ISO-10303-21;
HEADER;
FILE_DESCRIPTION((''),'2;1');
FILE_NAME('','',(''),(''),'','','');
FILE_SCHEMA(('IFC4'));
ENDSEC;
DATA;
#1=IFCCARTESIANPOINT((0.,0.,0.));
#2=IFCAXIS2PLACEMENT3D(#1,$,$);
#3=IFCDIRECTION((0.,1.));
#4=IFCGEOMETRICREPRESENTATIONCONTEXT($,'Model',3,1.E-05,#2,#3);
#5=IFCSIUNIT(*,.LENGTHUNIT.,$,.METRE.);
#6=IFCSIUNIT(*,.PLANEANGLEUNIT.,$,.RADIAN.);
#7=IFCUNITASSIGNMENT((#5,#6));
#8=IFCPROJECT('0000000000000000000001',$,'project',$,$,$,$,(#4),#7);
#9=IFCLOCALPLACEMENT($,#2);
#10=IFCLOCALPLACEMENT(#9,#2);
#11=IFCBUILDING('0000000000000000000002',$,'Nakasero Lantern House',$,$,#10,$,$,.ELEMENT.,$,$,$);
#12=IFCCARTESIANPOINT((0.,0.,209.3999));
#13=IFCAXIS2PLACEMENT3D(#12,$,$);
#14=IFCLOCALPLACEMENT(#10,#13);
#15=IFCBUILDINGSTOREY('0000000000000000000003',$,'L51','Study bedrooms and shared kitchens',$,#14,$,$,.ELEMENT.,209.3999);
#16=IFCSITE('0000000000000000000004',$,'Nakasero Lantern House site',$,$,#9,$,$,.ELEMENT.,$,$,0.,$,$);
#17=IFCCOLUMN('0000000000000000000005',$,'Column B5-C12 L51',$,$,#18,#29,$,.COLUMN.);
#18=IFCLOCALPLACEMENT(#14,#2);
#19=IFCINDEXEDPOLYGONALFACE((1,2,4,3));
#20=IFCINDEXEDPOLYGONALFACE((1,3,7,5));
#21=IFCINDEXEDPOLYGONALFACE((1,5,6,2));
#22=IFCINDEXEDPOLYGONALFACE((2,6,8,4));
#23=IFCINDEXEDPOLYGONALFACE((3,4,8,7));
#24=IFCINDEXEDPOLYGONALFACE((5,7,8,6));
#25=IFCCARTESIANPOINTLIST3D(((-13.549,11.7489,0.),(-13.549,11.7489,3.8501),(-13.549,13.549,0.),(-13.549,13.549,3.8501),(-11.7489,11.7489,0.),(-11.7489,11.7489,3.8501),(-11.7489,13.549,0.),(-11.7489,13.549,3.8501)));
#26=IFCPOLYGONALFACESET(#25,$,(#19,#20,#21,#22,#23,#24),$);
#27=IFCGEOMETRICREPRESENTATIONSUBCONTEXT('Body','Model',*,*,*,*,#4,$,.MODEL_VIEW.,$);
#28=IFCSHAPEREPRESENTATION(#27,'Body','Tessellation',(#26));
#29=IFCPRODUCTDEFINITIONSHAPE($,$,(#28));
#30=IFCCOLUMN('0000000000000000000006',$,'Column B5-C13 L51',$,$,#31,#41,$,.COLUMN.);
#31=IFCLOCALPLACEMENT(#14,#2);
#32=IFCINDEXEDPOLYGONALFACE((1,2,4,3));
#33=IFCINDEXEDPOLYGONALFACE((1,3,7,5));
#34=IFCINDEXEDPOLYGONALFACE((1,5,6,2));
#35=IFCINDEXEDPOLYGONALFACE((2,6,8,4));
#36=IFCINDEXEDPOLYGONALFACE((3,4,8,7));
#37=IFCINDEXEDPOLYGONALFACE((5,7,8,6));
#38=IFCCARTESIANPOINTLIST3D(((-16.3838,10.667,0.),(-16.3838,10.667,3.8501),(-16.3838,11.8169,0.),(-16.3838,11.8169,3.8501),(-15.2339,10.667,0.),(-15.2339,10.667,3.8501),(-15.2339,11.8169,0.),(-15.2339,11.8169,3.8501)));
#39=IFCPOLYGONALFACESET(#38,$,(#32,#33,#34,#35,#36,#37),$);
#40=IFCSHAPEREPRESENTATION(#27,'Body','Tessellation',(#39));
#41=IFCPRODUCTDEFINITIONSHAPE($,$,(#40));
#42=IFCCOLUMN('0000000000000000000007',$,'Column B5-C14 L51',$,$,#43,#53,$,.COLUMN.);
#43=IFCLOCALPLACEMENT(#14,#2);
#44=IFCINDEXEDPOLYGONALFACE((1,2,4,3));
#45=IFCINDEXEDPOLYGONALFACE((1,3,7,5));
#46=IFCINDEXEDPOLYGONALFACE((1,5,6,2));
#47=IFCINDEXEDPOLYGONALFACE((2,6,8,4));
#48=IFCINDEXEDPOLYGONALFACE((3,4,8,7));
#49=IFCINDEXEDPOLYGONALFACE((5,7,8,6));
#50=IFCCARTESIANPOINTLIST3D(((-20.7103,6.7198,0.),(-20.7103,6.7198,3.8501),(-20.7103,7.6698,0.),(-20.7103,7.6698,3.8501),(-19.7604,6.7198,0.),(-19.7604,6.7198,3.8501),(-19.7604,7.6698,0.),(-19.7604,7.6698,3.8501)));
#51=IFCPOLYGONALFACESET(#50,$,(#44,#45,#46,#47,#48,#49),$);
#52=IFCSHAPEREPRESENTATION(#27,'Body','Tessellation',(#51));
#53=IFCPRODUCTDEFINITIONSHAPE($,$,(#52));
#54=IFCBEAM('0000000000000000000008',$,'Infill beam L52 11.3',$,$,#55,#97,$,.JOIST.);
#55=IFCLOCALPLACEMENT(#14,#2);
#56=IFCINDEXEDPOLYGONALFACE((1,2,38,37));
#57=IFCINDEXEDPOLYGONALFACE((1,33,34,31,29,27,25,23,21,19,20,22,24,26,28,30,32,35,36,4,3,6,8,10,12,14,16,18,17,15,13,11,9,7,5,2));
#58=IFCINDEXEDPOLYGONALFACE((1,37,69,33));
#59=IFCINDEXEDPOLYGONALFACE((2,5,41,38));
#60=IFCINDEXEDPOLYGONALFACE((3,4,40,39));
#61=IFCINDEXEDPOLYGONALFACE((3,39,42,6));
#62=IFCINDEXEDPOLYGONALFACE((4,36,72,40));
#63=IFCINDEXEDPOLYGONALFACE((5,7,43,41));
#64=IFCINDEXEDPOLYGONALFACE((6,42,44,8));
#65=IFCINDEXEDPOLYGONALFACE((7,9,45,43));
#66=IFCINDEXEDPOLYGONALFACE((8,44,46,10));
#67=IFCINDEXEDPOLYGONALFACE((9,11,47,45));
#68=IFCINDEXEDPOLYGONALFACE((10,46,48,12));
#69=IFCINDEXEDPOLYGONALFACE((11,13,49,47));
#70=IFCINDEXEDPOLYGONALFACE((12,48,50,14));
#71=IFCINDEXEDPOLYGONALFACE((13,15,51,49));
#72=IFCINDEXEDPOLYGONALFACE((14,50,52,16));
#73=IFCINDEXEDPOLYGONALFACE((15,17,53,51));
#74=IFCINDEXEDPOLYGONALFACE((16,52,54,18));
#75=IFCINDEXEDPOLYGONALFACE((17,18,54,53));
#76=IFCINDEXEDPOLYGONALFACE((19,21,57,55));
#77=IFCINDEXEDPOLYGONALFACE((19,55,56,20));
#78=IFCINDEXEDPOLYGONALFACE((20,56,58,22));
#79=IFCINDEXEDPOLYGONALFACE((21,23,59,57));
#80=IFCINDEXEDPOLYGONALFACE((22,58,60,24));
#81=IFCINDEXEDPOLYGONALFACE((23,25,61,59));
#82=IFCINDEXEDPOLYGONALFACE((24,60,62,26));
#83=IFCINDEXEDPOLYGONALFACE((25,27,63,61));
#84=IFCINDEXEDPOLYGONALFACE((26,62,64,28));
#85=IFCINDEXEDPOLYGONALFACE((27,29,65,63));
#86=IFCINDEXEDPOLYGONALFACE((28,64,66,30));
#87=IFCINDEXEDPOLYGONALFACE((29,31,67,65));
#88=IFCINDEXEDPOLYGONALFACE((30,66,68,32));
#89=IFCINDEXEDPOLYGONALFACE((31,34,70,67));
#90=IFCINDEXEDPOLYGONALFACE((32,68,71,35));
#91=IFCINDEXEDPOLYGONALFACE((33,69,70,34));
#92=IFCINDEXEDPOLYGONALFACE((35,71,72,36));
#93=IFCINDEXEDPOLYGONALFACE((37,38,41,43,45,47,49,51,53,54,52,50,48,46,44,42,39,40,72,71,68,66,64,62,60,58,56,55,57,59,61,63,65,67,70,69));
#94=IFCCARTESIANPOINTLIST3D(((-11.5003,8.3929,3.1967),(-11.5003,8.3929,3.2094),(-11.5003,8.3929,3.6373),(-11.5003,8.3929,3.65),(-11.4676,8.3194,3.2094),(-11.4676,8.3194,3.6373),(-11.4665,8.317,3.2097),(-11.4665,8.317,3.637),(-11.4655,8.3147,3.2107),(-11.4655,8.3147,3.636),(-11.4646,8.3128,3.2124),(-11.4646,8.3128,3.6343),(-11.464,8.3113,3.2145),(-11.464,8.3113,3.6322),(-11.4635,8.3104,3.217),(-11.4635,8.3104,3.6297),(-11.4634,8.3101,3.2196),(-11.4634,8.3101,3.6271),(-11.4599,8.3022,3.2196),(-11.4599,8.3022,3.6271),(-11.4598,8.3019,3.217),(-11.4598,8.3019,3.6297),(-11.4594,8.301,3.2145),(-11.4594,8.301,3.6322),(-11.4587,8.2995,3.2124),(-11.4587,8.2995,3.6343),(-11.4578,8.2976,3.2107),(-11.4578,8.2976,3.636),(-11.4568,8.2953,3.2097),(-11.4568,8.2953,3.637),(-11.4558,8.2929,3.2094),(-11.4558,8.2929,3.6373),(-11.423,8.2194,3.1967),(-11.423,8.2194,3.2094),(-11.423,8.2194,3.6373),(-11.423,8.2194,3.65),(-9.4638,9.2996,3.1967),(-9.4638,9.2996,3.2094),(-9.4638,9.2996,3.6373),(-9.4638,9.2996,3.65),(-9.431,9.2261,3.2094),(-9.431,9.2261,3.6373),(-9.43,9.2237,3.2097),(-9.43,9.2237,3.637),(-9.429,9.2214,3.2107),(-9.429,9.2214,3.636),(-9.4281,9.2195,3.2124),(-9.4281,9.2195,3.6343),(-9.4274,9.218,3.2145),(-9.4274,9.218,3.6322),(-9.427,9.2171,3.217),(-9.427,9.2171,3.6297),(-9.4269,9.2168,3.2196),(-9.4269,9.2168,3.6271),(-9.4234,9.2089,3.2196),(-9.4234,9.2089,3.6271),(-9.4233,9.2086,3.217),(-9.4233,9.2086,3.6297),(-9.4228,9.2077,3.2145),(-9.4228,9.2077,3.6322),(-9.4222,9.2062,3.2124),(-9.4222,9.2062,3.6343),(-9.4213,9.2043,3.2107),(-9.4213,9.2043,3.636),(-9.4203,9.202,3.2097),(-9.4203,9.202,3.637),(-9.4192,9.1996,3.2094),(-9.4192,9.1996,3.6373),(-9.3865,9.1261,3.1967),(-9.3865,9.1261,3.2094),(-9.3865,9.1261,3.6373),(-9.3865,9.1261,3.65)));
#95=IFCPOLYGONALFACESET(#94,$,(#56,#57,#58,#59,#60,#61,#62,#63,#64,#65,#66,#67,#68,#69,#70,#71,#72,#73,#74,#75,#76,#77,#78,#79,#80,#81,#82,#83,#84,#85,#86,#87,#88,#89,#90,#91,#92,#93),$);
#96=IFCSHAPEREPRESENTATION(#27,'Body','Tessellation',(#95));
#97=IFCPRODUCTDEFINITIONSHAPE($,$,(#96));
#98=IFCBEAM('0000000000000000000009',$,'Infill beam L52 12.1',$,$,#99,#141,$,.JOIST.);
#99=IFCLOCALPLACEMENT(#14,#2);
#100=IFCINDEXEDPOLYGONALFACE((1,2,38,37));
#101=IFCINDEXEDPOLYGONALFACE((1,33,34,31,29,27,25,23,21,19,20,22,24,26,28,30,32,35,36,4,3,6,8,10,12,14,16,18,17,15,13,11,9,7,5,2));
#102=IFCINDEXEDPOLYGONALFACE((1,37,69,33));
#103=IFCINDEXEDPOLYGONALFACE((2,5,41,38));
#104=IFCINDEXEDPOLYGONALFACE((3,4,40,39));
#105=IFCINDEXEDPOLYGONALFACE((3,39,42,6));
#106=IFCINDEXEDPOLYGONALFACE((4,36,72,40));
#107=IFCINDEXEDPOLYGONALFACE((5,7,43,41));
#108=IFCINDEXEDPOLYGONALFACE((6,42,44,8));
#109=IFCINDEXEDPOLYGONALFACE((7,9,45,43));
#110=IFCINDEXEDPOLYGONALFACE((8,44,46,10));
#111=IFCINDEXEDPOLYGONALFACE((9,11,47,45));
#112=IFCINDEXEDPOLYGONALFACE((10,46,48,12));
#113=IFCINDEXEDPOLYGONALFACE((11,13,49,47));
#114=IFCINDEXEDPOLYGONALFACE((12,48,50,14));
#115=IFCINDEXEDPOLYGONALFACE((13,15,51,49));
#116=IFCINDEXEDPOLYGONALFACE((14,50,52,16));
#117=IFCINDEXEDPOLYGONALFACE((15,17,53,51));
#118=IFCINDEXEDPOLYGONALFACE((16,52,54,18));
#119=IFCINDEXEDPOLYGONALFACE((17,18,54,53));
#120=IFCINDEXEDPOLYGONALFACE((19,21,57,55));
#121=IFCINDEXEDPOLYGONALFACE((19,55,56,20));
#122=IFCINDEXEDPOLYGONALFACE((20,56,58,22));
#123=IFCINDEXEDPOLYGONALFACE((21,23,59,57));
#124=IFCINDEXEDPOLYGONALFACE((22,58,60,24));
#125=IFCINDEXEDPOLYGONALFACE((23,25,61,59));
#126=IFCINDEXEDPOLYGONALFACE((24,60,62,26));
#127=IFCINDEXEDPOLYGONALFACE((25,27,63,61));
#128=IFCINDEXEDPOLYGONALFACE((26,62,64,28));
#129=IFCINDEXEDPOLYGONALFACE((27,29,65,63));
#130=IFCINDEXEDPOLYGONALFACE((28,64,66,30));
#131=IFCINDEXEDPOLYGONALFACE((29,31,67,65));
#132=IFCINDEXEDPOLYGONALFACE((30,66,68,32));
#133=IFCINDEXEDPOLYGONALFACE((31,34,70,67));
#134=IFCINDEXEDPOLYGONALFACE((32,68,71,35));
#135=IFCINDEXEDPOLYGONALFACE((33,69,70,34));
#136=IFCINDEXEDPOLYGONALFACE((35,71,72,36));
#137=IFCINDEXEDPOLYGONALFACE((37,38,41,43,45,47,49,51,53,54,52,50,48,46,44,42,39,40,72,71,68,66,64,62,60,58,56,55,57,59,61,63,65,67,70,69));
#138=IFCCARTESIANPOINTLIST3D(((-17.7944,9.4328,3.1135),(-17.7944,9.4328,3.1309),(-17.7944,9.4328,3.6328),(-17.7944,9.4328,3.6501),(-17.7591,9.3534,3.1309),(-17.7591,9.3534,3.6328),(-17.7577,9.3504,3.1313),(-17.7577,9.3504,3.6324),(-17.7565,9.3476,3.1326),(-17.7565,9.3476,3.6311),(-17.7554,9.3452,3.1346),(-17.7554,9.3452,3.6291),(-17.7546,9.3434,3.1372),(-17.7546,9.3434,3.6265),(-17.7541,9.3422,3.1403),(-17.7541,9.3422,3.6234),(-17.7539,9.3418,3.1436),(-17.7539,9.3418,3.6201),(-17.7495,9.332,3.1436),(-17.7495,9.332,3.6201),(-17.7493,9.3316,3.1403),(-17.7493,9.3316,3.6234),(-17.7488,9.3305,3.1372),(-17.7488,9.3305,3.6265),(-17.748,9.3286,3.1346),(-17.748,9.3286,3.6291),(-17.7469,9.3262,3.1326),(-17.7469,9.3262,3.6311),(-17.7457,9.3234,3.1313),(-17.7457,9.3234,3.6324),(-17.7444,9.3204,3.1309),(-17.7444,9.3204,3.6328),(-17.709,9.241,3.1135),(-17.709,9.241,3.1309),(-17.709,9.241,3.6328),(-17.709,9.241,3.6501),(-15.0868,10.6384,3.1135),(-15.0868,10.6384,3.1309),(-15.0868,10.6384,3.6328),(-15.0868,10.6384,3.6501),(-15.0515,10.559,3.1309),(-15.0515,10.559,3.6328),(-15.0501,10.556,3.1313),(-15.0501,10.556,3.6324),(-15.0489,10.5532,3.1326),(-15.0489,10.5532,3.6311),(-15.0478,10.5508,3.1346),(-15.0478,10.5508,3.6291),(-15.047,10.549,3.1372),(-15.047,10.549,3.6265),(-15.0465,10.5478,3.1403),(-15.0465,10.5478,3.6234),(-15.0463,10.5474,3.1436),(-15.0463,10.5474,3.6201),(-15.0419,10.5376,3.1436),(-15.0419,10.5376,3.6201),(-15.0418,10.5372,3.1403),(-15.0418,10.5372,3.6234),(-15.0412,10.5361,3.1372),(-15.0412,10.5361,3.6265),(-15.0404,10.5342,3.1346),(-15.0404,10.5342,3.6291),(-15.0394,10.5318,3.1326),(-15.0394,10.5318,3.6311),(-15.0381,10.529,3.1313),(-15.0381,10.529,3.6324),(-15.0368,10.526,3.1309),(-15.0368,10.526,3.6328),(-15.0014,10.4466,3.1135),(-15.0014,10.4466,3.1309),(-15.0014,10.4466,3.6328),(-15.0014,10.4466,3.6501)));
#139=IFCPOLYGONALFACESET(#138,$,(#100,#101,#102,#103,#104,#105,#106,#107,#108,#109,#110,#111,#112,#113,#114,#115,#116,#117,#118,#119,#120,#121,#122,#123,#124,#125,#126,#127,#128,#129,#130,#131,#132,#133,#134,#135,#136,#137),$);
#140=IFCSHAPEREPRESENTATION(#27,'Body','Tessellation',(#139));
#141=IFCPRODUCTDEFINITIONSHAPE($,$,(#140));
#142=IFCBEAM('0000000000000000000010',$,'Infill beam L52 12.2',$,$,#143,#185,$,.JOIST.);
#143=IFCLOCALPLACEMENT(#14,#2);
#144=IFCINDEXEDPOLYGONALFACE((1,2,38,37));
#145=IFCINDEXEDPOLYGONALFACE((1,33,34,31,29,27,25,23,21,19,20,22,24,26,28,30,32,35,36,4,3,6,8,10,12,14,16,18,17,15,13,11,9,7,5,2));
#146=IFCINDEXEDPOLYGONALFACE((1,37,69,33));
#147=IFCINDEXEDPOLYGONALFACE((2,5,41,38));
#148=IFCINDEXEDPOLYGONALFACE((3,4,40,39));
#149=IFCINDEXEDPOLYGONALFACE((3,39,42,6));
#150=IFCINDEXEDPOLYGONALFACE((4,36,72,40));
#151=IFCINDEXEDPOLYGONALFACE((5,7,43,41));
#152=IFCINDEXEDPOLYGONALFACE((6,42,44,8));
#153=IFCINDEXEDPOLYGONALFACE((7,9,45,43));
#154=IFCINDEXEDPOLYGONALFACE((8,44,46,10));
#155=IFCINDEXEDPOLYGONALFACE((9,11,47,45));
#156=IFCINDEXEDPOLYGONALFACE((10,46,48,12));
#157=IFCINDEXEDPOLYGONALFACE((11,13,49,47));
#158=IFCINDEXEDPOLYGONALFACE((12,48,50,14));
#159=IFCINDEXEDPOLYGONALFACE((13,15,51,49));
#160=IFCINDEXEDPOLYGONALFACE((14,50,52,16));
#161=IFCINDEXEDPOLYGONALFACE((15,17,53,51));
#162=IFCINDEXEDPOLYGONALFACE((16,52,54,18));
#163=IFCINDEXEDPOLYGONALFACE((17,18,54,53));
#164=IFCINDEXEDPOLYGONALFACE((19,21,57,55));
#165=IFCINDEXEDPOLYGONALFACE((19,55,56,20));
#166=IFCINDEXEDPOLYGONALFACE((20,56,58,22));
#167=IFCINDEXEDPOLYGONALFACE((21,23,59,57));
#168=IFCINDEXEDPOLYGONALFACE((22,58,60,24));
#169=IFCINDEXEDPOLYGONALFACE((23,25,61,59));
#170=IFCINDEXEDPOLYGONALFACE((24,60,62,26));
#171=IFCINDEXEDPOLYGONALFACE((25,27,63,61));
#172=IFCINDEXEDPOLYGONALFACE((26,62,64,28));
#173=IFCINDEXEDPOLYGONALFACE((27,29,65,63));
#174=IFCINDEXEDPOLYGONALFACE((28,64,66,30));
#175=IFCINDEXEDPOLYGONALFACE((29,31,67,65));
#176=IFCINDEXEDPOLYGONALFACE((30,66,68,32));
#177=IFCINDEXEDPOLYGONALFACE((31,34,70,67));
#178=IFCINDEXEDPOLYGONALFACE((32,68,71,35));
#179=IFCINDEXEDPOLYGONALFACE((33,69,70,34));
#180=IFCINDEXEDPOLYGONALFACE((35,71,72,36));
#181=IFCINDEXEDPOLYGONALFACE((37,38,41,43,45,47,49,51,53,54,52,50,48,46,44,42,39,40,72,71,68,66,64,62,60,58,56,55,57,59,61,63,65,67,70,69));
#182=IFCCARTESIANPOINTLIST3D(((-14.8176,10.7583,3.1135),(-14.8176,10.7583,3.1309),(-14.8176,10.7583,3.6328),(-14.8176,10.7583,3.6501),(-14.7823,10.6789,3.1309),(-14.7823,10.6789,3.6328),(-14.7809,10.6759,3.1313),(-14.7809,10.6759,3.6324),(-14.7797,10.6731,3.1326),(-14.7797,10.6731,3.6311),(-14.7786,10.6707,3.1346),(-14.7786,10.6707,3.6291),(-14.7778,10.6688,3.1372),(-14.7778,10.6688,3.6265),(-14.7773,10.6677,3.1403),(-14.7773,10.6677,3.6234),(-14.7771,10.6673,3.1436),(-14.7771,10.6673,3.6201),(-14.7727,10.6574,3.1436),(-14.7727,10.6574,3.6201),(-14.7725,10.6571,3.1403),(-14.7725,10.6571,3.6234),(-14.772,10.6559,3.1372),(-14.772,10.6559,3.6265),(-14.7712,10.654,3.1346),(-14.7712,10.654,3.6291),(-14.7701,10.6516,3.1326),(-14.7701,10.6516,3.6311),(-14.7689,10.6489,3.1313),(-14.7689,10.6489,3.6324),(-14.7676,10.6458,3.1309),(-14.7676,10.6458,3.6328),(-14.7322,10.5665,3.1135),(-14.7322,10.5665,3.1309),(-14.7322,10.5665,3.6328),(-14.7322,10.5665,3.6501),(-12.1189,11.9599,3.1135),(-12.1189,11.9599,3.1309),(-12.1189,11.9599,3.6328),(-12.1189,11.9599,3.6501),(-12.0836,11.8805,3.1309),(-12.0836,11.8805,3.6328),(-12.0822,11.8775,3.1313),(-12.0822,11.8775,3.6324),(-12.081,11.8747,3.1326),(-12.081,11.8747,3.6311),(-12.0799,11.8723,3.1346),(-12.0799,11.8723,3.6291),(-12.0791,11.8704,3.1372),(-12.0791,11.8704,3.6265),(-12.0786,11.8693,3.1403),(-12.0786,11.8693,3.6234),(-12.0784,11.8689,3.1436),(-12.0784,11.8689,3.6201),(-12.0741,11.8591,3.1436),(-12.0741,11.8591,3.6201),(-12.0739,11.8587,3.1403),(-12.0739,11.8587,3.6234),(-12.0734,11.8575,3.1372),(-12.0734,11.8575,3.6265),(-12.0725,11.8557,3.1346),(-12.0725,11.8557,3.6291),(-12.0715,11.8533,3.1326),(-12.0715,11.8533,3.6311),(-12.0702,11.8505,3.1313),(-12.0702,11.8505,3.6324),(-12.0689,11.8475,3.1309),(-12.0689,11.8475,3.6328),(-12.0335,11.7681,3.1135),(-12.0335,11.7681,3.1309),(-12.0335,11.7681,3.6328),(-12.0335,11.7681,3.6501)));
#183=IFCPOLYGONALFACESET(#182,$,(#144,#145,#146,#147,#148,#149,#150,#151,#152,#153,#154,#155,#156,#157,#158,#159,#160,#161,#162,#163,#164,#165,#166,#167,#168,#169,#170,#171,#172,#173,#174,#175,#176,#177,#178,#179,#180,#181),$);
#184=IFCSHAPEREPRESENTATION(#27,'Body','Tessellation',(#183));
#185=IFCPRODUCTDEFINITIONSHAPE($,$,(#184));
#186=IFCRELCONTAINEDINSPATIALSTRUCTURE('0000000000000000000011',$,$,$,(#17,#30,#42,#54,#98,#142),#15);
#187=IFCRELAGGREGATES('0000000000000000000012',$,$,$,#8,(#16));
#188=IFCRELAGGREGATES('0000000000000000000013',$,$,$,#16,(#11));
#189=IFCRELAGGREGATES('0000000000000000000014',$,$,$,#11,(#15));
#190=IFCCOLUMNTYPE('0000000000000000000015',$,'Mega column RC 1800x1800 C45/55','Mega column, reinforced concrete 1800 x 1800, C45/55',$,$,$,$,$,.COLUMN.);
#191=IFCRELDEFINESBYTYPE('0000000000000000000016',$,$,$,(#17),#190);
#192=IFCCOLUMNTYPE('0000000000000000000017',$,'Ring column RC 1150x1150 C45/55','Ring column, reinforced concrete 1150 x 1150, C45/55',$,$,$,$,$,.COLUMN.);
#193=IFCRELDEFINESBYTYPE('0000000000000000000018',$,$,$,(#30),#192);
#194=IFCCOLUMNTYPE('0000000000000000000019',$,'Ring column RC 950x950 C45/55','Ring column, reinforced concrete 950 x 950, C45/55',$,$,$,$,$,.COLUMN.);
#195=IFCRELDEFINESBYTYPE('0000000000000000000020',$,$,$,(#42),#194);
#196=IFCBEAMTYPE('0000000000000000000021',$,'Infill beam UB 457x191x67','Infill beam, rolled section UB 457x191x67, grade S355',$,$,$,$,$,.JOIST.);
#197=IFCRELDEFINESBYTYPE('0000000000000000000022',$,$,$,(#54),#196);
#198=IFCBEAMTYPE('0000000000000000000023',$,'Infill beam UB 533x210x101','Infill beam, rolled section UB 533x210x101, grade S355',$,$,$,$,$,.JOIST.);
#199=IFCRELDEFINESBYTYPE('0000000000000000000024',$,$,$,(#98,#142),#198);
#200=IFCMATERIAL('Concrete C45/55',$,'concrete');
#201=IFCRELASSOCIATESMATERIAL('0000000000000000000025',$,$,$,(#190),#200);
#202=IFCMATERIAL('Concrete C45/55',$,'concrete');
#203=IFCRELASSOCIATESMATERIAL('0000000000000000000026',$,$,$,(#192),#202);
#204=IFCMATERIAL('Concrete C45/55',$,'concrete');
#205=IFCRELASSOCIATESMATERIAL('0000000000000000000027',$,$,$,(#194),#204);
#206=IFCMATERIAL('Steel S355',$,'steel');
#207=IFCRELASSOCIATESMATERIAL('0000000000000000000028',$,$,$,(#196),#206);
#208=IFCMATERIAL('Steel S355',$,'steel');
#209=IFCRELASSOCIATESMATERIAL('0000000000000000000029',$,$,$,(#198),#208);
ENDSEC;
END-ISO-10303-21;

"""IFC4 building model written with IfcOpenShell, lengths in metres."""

from ifc_helpers import new_model, si_unit, direction, frame, origin, origin_2d, place, context, subcontext, project, spatial, rectangle, i_section, extrude, material, material_profile, profile_set, type_object, element, save


model = new_model("IFC4")

# Units and contexts
model_context = context("Model", 3, precision=1e-05, world=origin(), true_north=direction((0.0, 1.0)))
body_context = subcontext(model_context, "Body", "Model", "MODEL_VIEW")
ifc_project = project(units=[si_unit("LENGTHUNIT", "METRE"), si_unit("PLANEANGLEUNIT", "RADIAN")], contexts=[model_context])

# Site, building, storey
site_placement = place(None, origin())
site = spatial("IfcSite", under=ifc_project, at=site_placement, Name="Nakasero Lantern House site", CompositionType="ELEMENT", RefElevation=0.0)
building_placement = place(site_placement, origin())
building = spatial("IfcBuilding", under=site, at=building_placement, Name="Nakasero Lantern House", CompositionType="ELEMENT")
storey_placement = place(building_placement, frame((0.0, 0.0, 209.3999)))
storey = spatial("IfcBuildingStorey", under=building, at=storey_placement, Name="L51", Description="Study bedrooms and shared kitchens", CompositionType="ELEMENT", Elevation=209.3999)

# Columns
ifc_material_1 = material(Name="Concrete C45/55", Category="concrete")
ifc_material_profile_1 = material_profile(ifc_material_1, rectangle(XDim=1.8, YDim=1.8, at=origin_2d()), Name="RC 1800x1800")
ifc_profile_set_1 = profile_set([ifc_material_profile_1], Name="Concrete C45/55")
column_type_1 = type_object("IfcColumnType", Name="Mega column RC 1800x1800 C45/55", Description="Mega column, reinforced concrete 1800 x 1800, C45/55", PredefinedType="COLUMN", material=ifc_profile_set_1)
column_1_placement = place(storey_placement, frame((-12.6489, 12.6489, 0.0), z_axis=(0.0, 0.0, 1.0), x_axis=(1.0, 0.0, 0.0)))
element("IfcColumn", 1, at=column_1_placement, inside=storey, type_object=column_type_1, Name="Column B5-C12 L51", PredefinedType="COLUMN", context=body_context, shape_type="SweptSolid", body=[
    extrude(rectangle(XDim=1.8, YDim=1.8, at=origin_2d()), origin(), (0.0, 0.0, 1.0), 3.8501),
])
ifc_material_2 = material(Name="Concrete C45/55", Category="concrete")
ifc_material_profile_2 = material_profile(ifc_material_2, rectangle(XDim=1.1499, YDim=1.1499, at=origin_2d()), Name="RC 1150x1150")
ifc_profile_set_2 = profile_set([ifc_material_profile_2], Name="Concrete C45/55")
column_type_2 = type_object("IfcColumnType", Name="Ring column RC 1150x1150 C45/55", Description="Ring column, reinforced concrete 1150 x 1150, C45/55", PredefinedType="COLUMN", material=ifc_profile_set_2)
column_2_placement = place(storey_placement, frame((-15.8088, 11.2419, 0.0), z_axis=(0.0, 0.0, 1.0), x_axis=(1.0, 0.0, 0.0)))
element("IfcColumn", 2, at=column_2_placement, inside=storey, type_object=column_type_2, Name="Column B5-C13 L51", PredefinedType="COLUMN", context=body_context, shape_type="SweptSolid", body=[
    extrude(rectangle(XDim=1.1499, YDim=1.1499, at=origin_2d()), origin(), (0.0, 0.0, 1.0), 3.8501),
])
ifc_material_3 = material(Name="Concrete C45/55", Category="concrete")
ifc_material_profile_3 = material_profile(ifc_material_3, rectangle(XDim=0.95, YDim=0.95, at=origin_2d()), Name="RC 950x950")
ifc_profile_set_3 = profile_set([ifc_material_profile_3], Name="Concrete C45/55")
column_type_3 = type_object("IfcColumnType", Name="Ring column RC 950x950 C45/55", Description="Ring column, reinforced concrete 950 x 950, C45/55", PredefinedType="COLUMN", material=ifc_profile_set_3)
column_3_placement = place(storey_placement, frame((-20.2354, 7.1948, 0.0), z_axis=(0.0, 0.0, 1.0), x_axis=(1.0, 0.0, 0.0)))
element("IfcColumn", 3, at=column_3_placement, inside=storey, type_object=column_type_3, Name="Column B5-C14 L51", PredefinedType="COLUMN", context=body_context, shape_type="SweptSolid", body=[
    extrude(rectangle(XDim=0.95, YDim=0.95, at=origin_2d()), origin(), (0.0, 0.0, 1.0), 3.8501),
])

# Beams
ifc_material_4 = material(Name="Steel S355", Category="steel")
ifc_material_profile_4 = material_profile(ifc_material_4, i_section(OverallWidth=0.1899, OverallDepth=0.4534, WebThickness=0.0085, FlangeThickness=0.0127, FilletRadius=0.0103, at=origin_2d()), Name="UB 457x191x67")
ifc_profile_set_4 = profile_set([ifc_material_profile_4], Name="Steel S355")
beam_type_1 = type_object("IfcBeamType", Name="Infill beam UB 457x191x67", Description="Infill beam, rolled section UB 457x191x67, grade S355", PredefinedType="JOIST", material=ifc_profile_set_4)
beam_1_placement = place(storey_placement, frame((-11.4617, 8.3062, 3.4233), z_axis=(0.913549, 0.406728, 0.0), x_axis=(-0.406728, 0.913549, 0.0)))
element("IfcBeam", 4, at=beam_1_placement, inside=storey, type_object=beam_type_1, Name="Infill beam L52 11.3", PredefinedType="JOIST", context=body_context, shape_type="SweptSolid", body=[
    extrude(i_section(OverallWidth=0.1899, OverallDepth=0.4534, WebThickness=0.0085, FlangeThickness=0.0127, FilletRadius=0.0103, at=origin_2d()), origin(), (0.0, 0.0, 1.0), 2.2292),
])
ifc_material_5 = material(Name="Steel S355", Category="steel")
ifc_material_profile_5 = material_profile(ifc_material_5, i_section(OverallWidth=0.21, OverallDepth=0.5366, WebThickness=0.0107, FlangeThickness=0.0173, FilletRadius=0.0127, at=origin_2d()), Name="UB 533x210x101")
ifc_profile_set_5 = profile_set([ifc_material_profile_5], Name="Steel S355")
beam_type_2 = type_object("IfcBeamType", Name="Infill beam UB 533x210x101", Description="Infill beam, rolled section UB 533x210x101, grade S355", PredefinedType="JOIST", material=ifc_profile_set_5)
beam_2_placement = place(storey_placement, frame((-17.7517, 9.3369, 3.3818), z_axis=(0.913533, 0.406765, 0.0), x_axis=(-0.406765, 0.913533, 0.0)))
element("IfcBeam", 5, at=beam_2_placement, inside=storey, type_object=beam_type_2, Name="Infill beam L52 12.1", PredefinedType="JOIST", context=body_context, shape_type="SweptSolid", body=[
    extrude(i_section(OverallWidth=0.21, OverallDepth=0.5366, WebThickness=0.0107, FlangeThickness=0.0173, FilletRadius=0.0127, at=origin_2d()), origin(), (0.0, 0.0, 1.0), 2.9639),
])
beam_3_placement = place(storey_placement, frame((-14.7749, 10.6624, 3.3818), z_axis=(0.913532, 0.406767, 0.0), x_axis=(-0.406767, 0.913532, 0.0)))
element("IfcBeam", 6, at=beam_3_placement, inside=storey, type_object=beam_type_2, Name="Infill beam L52 12.2", PredefinedType="JOIST", context=body_context, shape_type="SweptSolid", body=[
    extrude(i_section(OverallWidth=0.21, OverallDepth=0.5366, WebThickness=0.0107, FlangeThickness=0.0173, FilletRadius=0.0127, at=origin_2d()), origin(), (0.0, 0.0, 1.0), 2.9541),
])

save(model, "model.ifc")
